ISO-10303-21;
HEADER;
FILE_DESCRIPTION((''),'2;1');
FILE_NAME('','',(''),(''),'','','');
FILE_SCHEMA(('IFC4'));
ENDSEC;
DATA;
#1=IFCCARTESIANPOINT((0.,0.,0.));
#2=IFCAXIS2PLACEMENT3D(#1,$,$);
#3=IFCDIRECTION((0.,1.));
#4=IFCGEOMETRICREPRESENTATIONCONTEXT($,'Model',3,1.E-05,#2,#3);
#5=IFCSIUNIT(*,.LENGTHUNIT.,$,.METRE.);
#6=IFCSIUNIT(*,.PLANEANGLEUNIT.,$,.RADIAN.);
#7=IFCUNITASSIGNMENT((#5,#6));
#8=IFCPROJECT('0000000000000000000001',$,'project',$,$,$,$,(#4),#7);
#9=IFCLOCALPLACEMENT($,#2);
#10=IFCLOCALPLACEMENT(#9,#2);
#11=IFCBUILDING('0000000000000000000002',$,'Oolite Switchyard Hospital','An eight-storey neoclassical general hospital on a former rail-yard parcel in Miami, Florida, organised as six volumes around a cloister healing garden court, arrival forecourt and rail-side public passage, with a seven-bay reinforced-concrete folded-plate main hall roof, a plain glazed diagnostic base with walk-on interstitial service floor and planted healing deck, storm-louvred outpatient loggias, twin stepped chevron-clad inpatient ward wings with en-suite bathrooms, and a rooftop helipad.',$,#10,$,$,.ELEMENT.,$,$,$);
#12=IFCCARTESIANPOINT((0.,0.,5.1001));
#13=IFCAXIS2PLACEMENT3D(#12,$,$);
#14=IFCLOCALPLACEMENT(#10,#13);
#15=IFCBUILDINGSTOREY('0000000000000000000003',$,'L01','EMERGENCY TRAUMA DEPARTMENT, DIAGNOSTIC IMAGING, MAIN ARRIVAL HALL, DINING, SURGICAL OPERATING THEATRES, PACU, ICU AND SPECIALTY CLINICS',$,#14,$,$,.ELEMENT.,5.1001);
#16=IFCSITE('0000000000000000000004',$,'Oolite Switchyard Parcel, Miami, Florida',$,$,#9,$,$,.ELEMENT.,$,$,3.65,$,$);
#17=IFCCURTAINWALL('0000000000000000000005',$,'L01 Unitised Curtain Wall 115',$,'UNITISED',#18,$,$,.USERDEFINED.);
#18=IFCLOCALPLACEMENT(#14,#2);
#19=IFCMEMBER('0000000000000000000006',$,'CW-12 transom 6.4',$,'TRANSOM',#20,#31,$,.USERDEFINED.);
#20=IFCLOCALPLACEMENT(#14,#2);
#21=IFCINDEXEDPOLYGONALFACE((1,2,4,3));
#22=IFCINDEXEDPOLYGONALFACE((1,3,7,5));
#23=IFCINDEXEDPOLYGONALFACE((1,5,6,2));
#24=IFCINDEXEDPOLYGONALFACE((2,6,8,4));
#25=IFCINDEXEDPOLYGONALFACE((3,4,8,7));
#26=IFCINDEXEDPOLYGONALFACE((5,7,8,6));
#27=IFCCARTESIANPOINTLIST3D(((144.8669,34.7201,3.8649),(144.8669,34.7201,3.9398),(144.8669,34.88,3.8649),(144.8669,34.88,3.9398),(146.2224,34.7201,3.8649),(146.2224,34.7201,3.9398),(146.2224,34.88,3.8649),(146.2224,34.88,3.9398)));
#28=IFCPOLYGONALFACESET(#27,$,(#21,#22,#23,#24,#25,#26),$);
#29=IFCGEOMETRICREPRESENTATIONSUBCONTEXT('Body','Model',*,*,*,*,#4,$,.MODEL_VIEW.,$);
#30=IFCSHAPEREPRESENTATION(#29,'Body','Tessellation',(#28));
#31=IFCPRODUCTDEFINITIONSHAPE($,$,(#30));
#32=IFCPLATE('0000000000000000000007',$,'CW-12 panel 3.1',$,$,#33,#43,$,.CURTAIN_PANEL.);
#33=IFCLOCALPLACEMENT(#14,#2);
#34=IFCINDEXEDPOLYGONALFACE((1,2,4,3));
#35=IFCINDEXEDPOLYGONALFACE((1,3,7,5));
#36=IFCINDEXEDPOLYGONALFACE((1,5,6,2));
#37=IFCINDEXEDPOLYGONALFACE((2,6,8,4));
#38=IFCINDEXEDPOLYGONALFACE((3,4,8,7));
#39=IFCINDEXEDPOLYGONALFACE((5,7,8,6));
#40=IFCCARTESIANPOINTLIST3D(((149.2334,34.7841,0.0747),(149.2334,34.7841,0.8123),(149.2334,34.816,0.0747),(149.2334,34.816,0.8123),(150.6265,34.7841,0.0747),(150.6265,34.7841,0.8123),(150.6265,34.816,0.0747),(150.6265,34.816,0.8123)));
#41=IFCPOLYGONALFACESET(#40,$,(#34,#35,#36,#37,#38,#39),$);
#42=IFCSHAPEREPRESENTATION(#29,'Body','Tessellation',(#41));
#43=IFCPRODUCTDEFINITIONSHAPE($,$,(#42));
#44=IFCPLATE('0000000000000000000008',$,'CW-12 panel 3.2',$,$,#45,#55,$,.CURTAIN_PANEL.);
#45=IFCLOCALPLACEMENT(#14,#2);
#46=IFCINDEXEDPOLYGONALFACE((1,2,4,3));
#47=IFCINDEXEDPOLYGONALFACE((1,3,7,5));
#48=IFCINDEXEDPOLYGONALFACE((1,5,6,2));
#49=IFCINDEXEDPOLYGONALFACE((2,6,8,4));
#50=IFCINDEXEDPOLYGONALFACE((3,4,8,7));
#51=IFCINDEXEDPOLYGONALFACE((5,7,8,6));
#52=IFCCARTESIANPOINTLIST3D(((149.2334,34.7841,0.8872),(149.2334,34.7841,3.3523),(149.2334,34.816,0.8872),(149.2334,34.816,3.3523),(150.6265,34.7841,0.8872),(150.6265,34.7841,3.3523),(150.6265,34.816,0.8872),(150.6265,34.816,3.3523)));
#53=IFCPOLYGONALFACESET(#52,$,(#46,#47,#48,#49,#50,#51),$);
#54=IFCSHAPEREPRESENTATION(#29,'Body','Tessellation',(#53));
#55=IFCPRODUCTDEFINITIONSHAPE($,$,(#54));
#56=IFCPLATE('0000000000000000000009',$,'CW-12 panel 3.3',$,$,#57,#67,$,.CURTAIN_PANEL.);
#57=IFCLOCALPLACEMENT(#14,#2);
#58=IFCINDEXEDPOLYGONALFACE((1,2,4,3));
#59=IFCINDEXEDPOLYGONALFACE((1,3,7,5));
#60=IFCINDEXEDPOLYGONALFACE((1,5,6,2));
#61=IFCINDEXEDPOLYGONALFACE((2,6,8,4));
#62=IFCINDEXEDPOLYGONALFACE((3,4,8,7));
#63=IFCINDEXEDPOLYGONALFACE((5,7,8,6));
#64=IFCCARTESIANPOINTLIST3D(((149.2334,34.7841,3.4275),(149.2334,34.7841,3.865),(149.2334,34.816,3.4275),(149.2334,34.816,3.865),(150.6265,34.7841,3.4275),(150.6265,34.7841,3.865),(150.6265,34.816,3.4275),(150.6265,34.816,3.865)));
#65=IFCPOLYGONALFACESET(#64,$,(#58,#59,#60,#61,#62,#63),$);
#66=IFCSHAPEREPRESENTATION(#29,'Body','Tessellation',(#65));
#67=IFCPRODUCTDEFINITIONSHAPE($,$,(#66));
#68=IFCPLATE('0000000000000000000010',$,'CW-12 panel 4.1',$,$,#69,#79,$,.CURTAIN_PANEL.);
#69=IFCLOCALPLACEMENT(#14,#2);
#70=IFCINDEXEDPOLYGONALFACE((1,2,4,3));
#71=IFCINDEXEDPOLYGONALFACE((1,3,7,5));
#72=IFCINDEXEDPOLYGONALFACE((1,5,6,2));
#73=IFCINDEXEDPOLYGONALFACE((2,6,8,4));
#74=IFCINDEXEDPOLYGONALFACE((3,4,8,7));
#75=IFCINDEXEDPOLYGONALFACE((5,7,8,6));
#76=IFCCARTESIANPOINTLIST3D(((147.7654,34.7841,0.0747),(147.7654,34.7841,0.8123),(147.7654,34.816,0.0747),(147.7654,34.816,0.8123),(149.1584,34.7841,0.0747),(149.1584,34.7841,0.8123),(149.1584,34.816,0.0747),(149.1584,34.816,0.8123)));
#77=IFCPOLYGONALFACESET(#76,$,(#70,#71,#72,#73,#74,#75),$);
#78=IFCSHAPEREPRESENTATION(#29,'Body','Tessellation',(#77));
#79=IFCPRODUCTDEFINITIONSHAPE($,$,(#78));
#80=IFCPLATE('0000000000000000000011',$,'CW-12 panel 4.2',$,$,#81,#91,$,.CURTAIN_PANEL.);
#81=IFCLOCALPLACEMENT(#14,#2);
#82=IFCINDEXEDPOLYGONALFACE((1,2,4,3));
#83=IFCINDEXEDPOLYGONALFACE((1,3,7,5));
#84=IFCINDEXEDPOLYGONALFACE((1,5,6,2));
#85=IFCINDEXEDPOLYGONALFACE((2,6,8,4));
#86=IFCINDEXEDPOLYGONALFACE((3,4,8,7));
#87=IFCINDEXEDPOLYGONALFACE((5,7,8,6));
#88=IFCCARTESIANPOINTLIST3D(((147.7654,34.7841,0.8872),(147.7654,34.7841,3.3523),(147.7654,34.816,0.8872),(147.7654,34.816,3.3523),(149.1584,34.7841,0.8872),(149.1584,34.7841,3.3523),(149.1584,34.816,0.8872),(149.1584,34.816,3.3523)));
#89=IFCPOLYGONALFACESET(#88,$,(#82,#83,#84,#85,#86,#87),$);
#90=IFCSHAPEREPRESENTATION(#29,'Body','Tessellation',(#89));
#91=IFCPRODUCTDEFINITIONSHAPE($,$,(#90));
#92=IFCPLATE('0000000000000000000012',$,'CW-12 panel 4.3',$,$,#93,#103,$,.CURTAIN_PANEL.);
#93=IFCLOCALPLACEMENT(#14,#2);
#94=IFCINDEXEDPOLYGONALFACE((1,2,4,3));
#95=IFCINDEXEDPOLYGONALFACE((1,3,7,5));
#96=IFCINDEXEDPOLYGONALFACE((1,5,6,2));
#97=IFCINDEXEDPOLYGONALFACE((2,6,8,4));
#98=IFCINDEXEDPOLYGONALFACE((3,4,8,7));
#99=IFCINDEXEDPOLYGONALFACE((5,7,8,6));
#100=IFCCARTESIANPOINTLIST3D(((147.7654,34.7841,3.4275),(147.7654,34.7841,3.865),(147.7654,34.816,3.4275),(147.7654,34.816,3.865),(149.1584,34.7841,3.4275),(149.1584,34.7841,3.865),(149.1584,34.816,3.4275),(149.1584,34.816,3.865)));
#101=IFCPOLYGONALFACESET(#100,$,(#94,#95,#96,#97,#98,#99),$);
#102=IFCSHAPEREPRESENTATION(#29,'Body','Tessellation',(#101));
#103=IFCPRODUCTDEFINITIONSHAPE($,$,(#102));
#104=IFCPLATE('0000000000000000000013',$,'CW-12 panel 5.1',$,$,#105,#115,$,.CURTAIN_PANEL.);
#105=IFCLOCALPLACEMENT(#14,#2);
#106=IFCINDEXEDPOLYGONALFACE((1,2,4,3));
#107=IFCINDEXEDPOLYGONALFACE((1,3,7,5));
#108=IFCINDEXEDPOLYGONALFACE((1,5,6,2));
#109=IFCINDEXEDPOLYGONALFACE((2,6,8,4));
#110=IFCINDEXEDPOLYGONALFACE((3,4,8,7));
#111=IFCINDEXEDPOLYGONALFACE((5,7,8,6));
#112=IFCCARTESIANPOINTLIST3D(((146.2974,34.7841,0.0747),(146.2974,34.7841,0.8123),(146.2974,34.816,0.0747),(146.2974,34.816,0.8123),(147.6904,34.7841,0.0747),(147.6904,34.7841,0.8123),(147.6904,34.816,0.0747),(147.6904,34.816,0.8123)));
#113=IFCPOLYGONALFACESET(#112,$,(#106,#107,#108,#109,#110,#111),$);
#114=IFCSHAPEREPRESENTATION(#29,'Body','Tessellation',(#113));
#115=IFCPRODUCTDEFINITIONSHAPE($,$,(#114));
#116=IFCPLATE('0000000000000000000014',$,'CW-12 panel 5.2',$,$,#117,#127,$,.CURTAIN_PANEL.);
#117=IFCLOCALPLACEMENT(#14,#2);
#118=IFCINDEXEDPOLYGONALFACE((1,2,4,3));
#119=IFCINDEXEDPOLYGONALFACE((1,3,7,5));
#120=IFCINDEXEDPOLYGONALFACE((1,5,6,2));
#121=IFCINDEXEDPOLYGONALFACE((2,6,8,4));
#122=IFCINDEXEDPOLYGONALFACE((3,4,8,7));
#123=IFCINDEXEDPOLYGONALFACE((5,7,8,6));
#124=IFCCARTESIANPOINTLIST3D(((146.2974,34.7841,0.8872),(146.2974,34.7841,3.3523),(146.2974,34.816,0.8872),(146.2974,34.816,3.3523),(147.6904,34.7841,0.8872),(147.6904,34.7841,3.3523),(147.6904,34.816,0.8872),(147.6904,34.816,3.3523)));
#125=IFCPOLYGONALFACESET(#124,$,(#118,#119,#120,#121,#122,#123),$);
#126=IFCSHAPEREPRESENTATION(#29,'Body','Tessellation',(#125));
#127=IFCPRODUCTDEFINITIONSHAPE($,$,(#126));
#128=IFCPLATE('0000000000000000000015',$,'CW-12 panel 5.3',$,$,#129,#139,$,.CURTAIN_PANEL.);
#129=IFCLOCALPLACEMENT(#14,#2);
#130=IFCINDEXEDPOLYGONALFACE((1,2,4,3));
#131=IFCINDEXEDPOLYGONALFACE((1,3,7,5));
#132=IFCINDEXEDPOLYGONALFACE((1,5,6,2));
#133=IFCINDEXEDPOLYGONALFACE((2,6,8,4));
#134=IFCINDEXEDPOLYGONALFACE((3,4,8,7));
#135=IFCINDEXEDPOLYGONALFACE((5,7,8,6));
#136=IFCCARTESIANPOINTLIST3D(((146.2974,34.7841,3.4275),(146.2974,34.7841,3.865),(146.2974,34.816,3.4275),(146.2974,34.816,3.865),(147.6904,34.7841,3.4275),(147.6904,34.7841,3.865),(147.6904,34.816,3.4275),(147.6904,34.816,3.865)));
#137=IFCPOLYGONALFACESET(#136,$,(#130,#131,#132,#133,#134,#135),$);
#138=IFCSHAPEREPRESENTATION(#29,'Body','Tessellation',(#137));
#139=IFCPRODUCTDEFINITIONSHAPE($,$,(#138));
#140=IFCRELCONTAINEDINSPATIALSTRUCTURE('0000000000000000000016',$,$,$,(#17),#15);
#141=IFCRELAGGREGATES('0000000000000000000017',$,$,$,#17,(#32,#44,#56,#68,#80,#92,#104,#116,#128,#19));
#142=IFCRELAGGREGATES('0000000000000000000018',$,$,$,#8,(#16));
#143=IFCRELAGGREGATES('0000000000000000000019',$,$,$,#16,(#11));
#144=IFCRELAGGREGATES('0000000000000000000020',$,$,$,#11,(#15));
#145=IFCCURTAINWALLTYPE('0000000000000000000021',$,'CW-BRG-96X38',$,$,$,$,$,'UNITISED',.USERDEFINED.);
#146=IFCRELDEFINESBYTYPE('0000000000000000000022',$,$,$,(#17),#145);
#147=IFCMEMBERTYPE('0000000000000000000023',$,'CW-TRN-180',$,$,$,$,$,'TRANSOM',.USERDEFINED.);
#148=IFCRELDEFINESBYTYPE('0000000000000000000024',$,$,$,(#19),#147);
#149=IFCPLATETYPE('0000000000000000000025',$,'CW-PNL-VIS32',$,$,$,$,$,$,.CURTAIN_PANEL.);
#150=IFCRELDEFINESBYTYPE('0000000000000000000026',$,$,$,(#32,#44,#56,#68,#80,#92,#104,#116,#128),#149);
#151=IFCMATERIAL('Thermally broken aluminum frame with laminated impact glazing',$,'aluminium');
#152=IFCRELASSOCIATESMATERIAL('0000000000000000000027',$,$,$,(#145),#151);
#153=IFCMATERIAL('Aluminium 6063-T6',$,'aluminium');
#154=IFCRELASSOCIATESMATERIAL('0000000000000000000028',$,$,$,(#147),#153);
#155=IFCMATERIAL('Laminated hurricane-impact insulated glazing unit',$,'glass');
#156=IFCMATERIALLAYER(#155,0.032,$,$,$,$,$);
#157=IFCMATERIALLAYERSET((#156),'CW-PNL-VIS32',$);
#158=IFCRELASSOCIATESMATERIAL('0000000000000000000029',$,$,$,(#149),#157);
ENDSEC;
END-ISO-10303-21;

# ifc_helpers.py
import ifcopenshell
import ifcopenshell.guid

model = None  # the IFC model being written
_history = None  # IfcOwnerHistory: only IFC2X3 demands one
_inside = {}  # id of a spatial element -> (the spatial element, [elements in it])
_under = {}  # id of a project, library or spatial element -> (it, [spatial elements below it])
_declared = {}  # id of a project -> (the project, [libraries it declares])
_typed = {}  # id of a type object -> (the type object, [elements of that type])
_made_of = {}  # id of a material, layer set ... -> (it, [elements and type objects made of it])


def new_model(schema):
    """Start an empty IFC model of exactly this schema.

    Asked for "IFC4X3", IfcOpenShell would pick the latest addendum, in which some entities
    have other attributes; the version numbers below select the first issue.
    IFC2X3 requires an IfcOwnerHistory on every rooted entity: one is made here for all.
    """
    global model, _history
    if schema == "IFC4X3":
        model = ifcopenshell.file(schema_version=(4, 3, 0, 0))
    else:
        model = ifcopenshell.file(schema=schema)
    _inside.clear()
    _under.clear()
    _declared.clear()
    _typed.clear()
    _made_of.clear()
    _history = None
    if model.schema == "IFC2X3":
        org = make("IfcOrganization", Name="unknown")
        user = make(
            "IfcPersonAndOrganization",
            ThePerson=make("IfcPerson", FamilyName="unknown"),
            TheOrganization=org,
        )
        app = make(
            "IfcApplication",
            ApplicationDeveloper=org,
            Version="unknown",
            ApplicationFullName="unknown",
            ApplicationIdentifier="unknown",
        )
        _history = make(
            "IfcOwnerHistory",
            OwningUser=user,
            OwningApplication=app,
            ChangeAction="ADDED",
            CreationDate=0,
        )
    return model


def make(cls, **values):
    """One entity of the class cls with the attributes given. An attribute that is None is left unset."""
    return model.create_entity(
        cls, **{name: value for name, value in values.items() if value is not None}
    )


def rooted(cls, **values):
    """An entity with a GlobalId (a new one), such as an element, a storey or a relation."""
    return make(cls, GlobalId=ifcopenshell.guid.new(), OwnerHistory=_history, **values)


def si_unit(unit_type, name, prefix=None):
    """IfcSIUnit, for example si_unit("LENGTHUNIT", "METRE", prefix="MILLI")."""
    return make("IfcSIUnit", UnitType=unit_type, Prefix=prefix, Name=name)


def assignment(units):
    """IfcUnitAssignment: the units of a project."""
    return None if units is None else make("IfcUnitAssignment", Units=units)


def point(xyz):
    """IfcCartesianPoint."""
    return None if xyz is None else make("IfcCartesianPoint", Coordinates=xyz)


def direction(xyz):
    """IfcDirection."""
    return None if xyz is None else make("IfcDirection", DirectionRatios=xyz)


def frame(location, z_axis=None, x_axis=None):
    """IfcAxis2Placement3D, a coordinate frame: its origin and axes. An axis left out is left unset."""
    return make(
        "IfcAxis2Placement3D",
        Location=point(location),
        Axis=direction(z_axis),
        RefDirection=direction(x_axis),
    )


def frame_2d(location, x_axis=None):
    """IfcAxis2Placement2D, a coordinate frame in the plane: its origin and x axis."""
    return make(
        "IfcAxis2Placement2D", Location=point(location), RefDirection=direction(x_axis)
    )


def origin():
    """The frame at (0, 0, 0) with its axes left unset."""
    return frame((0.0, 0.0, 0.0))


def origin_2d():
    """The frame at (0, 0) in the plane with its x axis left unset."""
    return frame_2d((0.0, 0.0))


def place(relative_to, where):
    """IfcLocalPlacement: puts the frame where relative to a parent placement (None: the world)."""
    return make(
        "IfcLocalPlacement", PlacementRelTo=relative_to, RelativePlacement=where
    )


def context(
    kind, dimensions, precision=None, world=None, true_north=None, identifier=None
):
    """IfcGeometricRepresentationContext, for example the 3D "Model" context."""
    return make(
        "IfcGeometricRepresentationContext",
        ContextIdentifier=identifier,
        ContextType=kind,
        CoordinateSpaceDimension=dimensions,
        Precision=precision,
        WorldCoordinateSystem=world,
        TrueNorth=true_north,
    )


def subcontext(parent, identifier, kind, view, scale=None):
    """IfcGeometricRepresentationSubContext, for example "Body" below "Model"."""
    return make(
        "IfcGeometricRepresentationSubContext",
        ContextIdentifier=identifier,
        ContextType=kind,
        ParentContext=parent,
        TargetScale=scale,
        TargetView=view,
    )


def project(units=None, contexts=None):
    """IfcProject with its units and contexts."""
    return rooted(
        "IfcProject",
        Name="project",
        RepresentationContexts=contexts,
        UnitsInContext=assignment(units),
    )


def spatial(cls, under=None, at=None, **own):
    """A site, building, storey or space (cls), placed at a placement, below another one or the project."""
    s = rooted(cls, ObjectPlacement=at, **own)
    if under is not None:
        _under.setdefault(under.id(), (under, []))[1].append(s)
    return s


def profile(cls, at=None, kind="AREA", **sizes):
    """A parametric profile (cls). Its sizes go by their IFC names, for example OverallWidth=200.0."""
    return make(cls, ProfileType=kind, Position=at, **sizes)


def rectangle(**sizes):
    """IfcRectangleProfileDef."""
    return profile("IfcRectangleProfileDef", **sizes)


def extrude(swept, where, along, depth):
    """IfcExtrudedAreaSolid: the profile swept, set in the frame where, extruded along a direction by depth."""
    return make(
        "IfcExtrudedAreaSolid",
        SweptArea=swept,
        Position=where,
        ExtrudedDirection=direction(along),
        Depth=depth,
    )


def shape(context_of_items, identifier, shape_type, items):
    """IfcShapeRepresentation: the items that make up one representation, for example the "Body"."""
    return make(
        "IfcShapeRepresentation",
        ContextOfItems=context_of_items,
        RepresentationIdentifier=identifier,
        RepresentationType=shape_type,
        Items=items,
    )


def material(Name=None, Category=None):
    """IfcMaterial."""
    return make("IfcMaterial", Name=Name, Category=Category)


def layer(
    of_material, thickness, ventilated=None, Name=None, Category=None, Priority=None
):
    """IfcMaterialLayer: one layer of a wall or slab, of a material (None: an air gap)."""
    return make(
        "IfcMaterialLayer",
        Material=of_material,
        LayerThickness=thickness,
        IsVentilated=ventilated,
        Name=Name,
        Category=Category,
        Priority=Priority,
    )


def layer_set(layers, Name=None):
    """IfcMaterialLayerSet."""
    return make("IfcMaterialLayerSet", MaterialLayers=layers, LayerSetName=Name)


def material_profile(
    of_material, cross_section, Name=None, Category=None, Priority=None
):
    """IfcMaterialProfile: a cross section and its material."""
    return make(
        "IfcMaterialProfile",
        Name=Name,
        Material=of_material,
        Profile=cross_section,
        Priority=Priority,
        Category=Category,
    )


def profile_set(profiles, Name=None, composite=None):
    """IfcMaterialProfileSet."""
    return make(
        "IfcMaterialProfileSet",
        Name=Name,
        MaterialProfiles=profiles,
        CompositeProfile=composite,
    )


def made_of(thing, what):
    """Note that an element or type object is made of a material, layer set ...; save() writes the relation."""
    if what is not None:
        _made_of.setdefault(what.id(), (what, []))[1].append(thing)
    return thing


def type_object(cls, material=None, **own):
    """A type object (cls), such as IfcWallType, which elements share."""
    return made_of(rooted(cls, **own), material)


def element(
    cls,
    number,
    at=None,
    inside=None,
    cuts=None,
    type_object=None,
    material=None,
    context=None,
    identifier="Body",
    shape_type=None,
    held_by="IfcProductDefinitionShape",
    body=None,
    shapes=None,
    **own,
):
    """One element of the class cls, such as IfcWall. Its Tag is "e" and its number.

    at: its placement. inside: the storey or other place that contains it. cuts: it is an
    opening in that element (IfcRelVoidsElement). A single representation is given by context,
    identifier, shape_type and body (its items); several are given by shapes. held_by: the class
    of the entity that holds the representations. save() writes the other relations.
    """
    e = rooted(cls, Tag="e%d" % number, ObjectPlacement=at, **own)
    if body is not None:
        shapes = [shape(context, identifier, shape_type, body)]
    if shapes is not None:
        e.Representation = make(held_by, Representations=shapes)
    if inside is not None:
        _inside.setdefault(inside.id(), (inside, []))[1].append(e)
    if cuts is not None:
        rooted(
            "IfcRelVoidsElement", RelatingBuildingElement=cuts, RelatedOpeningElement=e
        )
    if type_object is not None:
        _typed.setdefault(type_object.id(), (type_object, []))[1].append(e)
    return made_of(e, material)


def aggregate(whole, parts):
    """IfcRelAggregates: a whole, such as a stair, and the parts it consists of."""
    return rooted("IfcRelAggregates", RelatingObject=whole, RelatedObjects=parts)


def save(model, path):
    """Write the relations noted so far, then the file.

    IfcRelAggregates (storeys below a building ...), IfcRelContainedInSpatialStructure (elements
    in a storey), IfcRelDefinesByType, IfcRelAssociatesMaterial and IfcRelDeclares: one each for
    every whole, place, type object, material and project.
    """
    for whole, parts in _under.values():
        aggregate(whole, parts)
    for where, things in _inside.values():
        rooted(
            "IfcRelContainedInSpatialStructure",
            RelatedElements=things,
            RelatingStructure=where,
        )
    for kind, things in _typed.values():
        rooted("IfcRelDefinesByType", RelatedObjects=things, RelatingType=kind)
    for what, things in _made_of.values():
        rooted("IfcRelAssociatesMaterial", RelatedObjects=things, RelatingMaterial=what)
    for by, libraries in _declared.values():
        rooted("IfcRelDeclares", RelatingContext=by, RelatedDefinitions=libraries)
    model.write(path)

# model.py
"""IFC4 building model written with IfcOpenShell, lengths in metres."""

from ifc_helpers import new_model, si_unit, direction, frame, origin, origin_2d, place, context, subcontext, project, spatial, rectangle, extrude, material, layer, layer_set, material_profile, profile_set, type_object, element, aggregate, save


model = new_model("IFC4")

# Units and contexts
model_context = context("Model", 3, precision=1e-05, world=origin(), true_north=direction((0.0, 1.0)))
body_context = subcontext(model_context, "Body", "Model", "MODEL_VIEW")
ifc_project = project(units=[si_unit("LENGTHUNIT", "METRE"), si_unit("PLANEANGLEUNIT", "RADIAN")], contexts=[model_context])

# Site, building, storey
site_placement = place(None, origin())
site = spatial("IfcSite", under=ifc_project, at=site_placement, Name="Oolite Switchyard Parcel, Miami, Florida", CompositionType="ELEMENT", RefElevation=3.65)
building_placement = place(site_placement, origin())
building = spatial("IfcBuilding", under=site, at=building_placement, Name="Oolite Switchyard Hospital", Description="An eight-storey neoclassical general hospital on a former rail-yard parcel in Miami, Florida, organised as six volumes around a cloister healing garden court, arrival forecourt and rail-side public passage, with a seven-bay reinforced-concrete folded-plate main hall roof, a plain glazed diagnostic base with walk-on interstitial service floor and planted healing deck, storm-louvred outpatient loggias, twin stepped chevron-clad inpatient ward wings with en-suite bathrooms, and a rooftop helipad.", CompositionType="ELEMENT")
storey_placement = place(building_placement, frame((0.0, 0.0, 5.1001)))
storey = spatial("IfcBuildingStorey", under=building, at=storey_placement, Name="L01", Description="EMERGENCY TRAUMA DEPARTMENT, DIAGNOSTIC IMAGING, MAIN ARRIVAL HALL, DINING, SURGICAL OPERATING THEATRES, PACU, ICU AND SPECIALTY CLINICS", CompositionType="ELEMENT", Elevation=5.1001)

# Curtain wall, member, plates
ifc_material_1 = material(Name="Thermally broken aluminum frame with laminated impact glazing", Category="aluminium")
curtain_wall_type = type_object("IfcCurtainWallType", Name="CW-BRG-96X38", ElementType="UNITISED", PredefinedType="USERDEFINED", material=ifc_material_1)
curtain_wall_placement = place(storey_placement, origin())
curtain_wall = element("IfcCurtainWall", 1, at=curtain_wall_placement, inside=storey, type_object=curtain_wall_type, Name="L01 Unitised Curtain Wall 115", ObjectType="UNITISED", PredefinedType="USERDEFINED")
ifc_material_2 = material(Name="Aluminium 6063-T6", Category="aluminium")
ifc_material_profile_1 = material_profile(ifc_material_2, rectangle(XDim=0.1599, YDim=0.075, at=origin_2d()), Name="CWT75X160")
ifc_profile_set_1 = profile_set([ifc_material_profile_1], Name="Aluminium 6063-T6")
member_type_1 = type_object("IfcMemberType", Name="CW-TRN-180", ElementType="TRANSOM", PredefinedType="USERDEFINED", material=ifc_profile_set_1)
member_1_placement = place(storey_placement, frame((146.2224, 34.8, 3.9023), z_axis=(-1.0, 0.0, 0.0), x_axis=(0.0, -1.0, 0.0)))
member_1 = element("IfcMember", 2, at=member_1_placement, type_object=member_type_1, Name="CW-12 transom 6.4", ObjectType="TRANSOM", PredefinedType="USERDEFINED", context=body_context, shape_type="SweptSolid", body=[
    extrude(rectangle(XDim=0.1599, YDim=0.075, at=origin_2d()), origin(), (0.0, 0.0, 1.0), 1.3555),
])
ifc_material_3 = material(Name="Laminated hurricane-impact insulated glazing unit", Category="glass")
ifc_layer = layer(ifc_material_3, 0.032)
ifc_layer_set = layer_set([ifc_layer], Name="CW-PNL-VIS32")
plate_type = type_object("IfcPlateType", Name="CW-PNL-VIS32", PredefinedType="CURTAIN_PANEL", material=ifc_layer_set)
plate_1_placement = place(storey_placement, frame((149.9299, 34.8, 0.0747), z_axis=(0.0, 0.0, 1.0), x_axis=(-1.0, 0.0, 0.0)))
plate_1 = element("IfcPlate", 3, at=plate_1_placement, type_object=plate_type, Name="CW-12 panel 3.1", PredefinedType="CURTAIN_PANEL", context=body_context, shape_type="SweptSolid", body=[
    extrude(rectangle(XDim=1.3931, YDim=0.032, at=origin_2d()), origin(), (0.0, 0.0, 1.0), 0.7375),
])
plate_2_placement = place(storey_placement, frame((149.9299, 34.8, 0.8872), z_axis=(0.0, 0.0, 1.0), x_axis=(-1.0, 0.0, 0.0)))
plate_2 = element("IfcPlate", 4, at=plate_2_placement, type_object=plate_type, Name="CW-12 panel 3.2", PredefinedType="CURTAIN_PANEL", context=body_context, shape_type="SweptSolid", body=[
    extrude(rectangle(XDim=1.3931, YDim=0.032, at=origin_2d()), origin(), (0.0, 0.0, 1.0), 2.4651),
])
plate_3_placement = place(storey_placement, frame((149.9299, 34.8, 3.4275), z_axis=(0.0, 0.0, 1.0), x_axis=(-1.0, 0.0, 0.0)))
plate_3 = element("IfcPlate", 5, at=plate_3_placement, type_object=plate_type, Name="CW-12 panel 3.3", PredefinedType="CURTAIN_PANEL", context=body_context, shape_type="SweptSolid", body=[
    extrude(rectangle(XDim=1.3931, YDim=0.032, at=origin_2d()), origin(), (0.0, 0.0, 1.0), 0.4375),
])
plate_4_placement = place(storey_placement, frame((148.4619, 34.8, 0.0747), z_axis=(0.0, 0.0, 1.0), x_axis=(-1.0, 0.0, 0.0)))
plate_4 = element("IfcPlate", 6, at=plate_4_placement, type_object=plate_type, Name="CW-12 panel 4.1", PredefinedType="CURTAIN_PANEL", context=body_context, shape_type="SweptSolid", body=[
    extrude(rectangle(XDim=1.3931, YDim=0.032, at=origin_2d()), origin(), (0.0, 0.0, 1.0), 0.7375),
])
plate_5_placement = place(storey_placement, frame((148.4619, 34.8, 0.8872), z_axis=(0.0, 0.0, 1.0), x_axis=(-1.0, 0.0, 0.0)))
plate_5 = element("IfcPlate", 7, at=plate_5_placement, type_object=plate_type, Name="CW-12 panel 4.2", PredefinedType="CURTAIN_PANEL", context=body_context, shape_type="SweptSolid", body=[
    extrude(rectangle(XDim=1.3931, YDim=0.032, at=origin_2d()), origin(), (0.0, 0.0, 1.0), 2.4651),
])
plate_6_placement = place(storey_placement, frame((148.4619, 34.8, 3.4275), z_axis=(0.0, 0.0, 1.0), x_axis=(-1.0, 0.0, 0.0)))
plate_6 = element("IfcPlate", 8, at=plate_6_placement, type_object=plate_type, Name="CW-12 panel 4.3", PredefinedType="CURTAIN_PANEL", context=body_context, shape_type="SweptSolid", body=[
    extrude(rectangle(XDim=1.3931, YDim=0.032, at=origin_2d()), origin(), (0.0, 0.0, 1.0), 0.4375),
])
plate_7_placement = place(storey_placement, frame((146.9939, 34.8, 0.0747), z_axis=(0.0, 0.0, 1.0), x_axis=(-1.0, 0.0, 0.0)))
plate_7 = element("IfcPlate", 9, at=plate_7_placement, type_object=plate_type, Name="CW-12 panel 5.1", PredefinedType="CURTAIN_PANEL", context=body_context, shape_type="SweptSolid", body=[
    extrude(rectangle(XDim=1.3931, YDim=0.032, at=origin_2d()), origin(), (0.0, 0.0, 1.0), 0.7375),
])
plate_8_placement = place(storey_placement, frame((146.9939, 34.8, 0.8872), z_axis=(0.0, 0.0, 1.0), x_axis=(-1.0, 0.0, 0.0)))
plate_8 = element("IfcPlate", 10, at=plate_8_placement, type_object=plate_type, Name="CW-12 panel 5.2", PredefinedType="CURTAIN_PANEL", context=body_context, shape_type="SweptSolid", body=[
    extrude(rectangle(XDim=1.3931, YDim=0.032, at=origin_2d()), origin(), (0.0, 0.0, 1.0), 2.4651),
])
plate_9_placement = place(storey_placement, frame((146.9939, 34.8, 3.4275), z_axis=(0.0, 0.0, 1.0), x_axis=(-1.0, 0.0, 0.0)))
plate_9 = element("IfcPlate", 11, at=plate_9_placement, type_object=plate_type, Name="CW-12 panel 5.3", PredefinedType="CURTAIN_PANEL", context=body_context, shape_type="SweptSolid", body=[
    extrude(rectangle(XDim=1.3931, YDim=0.032, at=origin_2d()), origin(), (0.0, 0.0, 1.0), 0.4375),
])
aggregate(curtain_wall, [plate_1, plate_2, plate_3, plate_4, plate_5, plate_6, plate_7, plate_8, plate_9, member_1])

save(model, "model.ifc")
